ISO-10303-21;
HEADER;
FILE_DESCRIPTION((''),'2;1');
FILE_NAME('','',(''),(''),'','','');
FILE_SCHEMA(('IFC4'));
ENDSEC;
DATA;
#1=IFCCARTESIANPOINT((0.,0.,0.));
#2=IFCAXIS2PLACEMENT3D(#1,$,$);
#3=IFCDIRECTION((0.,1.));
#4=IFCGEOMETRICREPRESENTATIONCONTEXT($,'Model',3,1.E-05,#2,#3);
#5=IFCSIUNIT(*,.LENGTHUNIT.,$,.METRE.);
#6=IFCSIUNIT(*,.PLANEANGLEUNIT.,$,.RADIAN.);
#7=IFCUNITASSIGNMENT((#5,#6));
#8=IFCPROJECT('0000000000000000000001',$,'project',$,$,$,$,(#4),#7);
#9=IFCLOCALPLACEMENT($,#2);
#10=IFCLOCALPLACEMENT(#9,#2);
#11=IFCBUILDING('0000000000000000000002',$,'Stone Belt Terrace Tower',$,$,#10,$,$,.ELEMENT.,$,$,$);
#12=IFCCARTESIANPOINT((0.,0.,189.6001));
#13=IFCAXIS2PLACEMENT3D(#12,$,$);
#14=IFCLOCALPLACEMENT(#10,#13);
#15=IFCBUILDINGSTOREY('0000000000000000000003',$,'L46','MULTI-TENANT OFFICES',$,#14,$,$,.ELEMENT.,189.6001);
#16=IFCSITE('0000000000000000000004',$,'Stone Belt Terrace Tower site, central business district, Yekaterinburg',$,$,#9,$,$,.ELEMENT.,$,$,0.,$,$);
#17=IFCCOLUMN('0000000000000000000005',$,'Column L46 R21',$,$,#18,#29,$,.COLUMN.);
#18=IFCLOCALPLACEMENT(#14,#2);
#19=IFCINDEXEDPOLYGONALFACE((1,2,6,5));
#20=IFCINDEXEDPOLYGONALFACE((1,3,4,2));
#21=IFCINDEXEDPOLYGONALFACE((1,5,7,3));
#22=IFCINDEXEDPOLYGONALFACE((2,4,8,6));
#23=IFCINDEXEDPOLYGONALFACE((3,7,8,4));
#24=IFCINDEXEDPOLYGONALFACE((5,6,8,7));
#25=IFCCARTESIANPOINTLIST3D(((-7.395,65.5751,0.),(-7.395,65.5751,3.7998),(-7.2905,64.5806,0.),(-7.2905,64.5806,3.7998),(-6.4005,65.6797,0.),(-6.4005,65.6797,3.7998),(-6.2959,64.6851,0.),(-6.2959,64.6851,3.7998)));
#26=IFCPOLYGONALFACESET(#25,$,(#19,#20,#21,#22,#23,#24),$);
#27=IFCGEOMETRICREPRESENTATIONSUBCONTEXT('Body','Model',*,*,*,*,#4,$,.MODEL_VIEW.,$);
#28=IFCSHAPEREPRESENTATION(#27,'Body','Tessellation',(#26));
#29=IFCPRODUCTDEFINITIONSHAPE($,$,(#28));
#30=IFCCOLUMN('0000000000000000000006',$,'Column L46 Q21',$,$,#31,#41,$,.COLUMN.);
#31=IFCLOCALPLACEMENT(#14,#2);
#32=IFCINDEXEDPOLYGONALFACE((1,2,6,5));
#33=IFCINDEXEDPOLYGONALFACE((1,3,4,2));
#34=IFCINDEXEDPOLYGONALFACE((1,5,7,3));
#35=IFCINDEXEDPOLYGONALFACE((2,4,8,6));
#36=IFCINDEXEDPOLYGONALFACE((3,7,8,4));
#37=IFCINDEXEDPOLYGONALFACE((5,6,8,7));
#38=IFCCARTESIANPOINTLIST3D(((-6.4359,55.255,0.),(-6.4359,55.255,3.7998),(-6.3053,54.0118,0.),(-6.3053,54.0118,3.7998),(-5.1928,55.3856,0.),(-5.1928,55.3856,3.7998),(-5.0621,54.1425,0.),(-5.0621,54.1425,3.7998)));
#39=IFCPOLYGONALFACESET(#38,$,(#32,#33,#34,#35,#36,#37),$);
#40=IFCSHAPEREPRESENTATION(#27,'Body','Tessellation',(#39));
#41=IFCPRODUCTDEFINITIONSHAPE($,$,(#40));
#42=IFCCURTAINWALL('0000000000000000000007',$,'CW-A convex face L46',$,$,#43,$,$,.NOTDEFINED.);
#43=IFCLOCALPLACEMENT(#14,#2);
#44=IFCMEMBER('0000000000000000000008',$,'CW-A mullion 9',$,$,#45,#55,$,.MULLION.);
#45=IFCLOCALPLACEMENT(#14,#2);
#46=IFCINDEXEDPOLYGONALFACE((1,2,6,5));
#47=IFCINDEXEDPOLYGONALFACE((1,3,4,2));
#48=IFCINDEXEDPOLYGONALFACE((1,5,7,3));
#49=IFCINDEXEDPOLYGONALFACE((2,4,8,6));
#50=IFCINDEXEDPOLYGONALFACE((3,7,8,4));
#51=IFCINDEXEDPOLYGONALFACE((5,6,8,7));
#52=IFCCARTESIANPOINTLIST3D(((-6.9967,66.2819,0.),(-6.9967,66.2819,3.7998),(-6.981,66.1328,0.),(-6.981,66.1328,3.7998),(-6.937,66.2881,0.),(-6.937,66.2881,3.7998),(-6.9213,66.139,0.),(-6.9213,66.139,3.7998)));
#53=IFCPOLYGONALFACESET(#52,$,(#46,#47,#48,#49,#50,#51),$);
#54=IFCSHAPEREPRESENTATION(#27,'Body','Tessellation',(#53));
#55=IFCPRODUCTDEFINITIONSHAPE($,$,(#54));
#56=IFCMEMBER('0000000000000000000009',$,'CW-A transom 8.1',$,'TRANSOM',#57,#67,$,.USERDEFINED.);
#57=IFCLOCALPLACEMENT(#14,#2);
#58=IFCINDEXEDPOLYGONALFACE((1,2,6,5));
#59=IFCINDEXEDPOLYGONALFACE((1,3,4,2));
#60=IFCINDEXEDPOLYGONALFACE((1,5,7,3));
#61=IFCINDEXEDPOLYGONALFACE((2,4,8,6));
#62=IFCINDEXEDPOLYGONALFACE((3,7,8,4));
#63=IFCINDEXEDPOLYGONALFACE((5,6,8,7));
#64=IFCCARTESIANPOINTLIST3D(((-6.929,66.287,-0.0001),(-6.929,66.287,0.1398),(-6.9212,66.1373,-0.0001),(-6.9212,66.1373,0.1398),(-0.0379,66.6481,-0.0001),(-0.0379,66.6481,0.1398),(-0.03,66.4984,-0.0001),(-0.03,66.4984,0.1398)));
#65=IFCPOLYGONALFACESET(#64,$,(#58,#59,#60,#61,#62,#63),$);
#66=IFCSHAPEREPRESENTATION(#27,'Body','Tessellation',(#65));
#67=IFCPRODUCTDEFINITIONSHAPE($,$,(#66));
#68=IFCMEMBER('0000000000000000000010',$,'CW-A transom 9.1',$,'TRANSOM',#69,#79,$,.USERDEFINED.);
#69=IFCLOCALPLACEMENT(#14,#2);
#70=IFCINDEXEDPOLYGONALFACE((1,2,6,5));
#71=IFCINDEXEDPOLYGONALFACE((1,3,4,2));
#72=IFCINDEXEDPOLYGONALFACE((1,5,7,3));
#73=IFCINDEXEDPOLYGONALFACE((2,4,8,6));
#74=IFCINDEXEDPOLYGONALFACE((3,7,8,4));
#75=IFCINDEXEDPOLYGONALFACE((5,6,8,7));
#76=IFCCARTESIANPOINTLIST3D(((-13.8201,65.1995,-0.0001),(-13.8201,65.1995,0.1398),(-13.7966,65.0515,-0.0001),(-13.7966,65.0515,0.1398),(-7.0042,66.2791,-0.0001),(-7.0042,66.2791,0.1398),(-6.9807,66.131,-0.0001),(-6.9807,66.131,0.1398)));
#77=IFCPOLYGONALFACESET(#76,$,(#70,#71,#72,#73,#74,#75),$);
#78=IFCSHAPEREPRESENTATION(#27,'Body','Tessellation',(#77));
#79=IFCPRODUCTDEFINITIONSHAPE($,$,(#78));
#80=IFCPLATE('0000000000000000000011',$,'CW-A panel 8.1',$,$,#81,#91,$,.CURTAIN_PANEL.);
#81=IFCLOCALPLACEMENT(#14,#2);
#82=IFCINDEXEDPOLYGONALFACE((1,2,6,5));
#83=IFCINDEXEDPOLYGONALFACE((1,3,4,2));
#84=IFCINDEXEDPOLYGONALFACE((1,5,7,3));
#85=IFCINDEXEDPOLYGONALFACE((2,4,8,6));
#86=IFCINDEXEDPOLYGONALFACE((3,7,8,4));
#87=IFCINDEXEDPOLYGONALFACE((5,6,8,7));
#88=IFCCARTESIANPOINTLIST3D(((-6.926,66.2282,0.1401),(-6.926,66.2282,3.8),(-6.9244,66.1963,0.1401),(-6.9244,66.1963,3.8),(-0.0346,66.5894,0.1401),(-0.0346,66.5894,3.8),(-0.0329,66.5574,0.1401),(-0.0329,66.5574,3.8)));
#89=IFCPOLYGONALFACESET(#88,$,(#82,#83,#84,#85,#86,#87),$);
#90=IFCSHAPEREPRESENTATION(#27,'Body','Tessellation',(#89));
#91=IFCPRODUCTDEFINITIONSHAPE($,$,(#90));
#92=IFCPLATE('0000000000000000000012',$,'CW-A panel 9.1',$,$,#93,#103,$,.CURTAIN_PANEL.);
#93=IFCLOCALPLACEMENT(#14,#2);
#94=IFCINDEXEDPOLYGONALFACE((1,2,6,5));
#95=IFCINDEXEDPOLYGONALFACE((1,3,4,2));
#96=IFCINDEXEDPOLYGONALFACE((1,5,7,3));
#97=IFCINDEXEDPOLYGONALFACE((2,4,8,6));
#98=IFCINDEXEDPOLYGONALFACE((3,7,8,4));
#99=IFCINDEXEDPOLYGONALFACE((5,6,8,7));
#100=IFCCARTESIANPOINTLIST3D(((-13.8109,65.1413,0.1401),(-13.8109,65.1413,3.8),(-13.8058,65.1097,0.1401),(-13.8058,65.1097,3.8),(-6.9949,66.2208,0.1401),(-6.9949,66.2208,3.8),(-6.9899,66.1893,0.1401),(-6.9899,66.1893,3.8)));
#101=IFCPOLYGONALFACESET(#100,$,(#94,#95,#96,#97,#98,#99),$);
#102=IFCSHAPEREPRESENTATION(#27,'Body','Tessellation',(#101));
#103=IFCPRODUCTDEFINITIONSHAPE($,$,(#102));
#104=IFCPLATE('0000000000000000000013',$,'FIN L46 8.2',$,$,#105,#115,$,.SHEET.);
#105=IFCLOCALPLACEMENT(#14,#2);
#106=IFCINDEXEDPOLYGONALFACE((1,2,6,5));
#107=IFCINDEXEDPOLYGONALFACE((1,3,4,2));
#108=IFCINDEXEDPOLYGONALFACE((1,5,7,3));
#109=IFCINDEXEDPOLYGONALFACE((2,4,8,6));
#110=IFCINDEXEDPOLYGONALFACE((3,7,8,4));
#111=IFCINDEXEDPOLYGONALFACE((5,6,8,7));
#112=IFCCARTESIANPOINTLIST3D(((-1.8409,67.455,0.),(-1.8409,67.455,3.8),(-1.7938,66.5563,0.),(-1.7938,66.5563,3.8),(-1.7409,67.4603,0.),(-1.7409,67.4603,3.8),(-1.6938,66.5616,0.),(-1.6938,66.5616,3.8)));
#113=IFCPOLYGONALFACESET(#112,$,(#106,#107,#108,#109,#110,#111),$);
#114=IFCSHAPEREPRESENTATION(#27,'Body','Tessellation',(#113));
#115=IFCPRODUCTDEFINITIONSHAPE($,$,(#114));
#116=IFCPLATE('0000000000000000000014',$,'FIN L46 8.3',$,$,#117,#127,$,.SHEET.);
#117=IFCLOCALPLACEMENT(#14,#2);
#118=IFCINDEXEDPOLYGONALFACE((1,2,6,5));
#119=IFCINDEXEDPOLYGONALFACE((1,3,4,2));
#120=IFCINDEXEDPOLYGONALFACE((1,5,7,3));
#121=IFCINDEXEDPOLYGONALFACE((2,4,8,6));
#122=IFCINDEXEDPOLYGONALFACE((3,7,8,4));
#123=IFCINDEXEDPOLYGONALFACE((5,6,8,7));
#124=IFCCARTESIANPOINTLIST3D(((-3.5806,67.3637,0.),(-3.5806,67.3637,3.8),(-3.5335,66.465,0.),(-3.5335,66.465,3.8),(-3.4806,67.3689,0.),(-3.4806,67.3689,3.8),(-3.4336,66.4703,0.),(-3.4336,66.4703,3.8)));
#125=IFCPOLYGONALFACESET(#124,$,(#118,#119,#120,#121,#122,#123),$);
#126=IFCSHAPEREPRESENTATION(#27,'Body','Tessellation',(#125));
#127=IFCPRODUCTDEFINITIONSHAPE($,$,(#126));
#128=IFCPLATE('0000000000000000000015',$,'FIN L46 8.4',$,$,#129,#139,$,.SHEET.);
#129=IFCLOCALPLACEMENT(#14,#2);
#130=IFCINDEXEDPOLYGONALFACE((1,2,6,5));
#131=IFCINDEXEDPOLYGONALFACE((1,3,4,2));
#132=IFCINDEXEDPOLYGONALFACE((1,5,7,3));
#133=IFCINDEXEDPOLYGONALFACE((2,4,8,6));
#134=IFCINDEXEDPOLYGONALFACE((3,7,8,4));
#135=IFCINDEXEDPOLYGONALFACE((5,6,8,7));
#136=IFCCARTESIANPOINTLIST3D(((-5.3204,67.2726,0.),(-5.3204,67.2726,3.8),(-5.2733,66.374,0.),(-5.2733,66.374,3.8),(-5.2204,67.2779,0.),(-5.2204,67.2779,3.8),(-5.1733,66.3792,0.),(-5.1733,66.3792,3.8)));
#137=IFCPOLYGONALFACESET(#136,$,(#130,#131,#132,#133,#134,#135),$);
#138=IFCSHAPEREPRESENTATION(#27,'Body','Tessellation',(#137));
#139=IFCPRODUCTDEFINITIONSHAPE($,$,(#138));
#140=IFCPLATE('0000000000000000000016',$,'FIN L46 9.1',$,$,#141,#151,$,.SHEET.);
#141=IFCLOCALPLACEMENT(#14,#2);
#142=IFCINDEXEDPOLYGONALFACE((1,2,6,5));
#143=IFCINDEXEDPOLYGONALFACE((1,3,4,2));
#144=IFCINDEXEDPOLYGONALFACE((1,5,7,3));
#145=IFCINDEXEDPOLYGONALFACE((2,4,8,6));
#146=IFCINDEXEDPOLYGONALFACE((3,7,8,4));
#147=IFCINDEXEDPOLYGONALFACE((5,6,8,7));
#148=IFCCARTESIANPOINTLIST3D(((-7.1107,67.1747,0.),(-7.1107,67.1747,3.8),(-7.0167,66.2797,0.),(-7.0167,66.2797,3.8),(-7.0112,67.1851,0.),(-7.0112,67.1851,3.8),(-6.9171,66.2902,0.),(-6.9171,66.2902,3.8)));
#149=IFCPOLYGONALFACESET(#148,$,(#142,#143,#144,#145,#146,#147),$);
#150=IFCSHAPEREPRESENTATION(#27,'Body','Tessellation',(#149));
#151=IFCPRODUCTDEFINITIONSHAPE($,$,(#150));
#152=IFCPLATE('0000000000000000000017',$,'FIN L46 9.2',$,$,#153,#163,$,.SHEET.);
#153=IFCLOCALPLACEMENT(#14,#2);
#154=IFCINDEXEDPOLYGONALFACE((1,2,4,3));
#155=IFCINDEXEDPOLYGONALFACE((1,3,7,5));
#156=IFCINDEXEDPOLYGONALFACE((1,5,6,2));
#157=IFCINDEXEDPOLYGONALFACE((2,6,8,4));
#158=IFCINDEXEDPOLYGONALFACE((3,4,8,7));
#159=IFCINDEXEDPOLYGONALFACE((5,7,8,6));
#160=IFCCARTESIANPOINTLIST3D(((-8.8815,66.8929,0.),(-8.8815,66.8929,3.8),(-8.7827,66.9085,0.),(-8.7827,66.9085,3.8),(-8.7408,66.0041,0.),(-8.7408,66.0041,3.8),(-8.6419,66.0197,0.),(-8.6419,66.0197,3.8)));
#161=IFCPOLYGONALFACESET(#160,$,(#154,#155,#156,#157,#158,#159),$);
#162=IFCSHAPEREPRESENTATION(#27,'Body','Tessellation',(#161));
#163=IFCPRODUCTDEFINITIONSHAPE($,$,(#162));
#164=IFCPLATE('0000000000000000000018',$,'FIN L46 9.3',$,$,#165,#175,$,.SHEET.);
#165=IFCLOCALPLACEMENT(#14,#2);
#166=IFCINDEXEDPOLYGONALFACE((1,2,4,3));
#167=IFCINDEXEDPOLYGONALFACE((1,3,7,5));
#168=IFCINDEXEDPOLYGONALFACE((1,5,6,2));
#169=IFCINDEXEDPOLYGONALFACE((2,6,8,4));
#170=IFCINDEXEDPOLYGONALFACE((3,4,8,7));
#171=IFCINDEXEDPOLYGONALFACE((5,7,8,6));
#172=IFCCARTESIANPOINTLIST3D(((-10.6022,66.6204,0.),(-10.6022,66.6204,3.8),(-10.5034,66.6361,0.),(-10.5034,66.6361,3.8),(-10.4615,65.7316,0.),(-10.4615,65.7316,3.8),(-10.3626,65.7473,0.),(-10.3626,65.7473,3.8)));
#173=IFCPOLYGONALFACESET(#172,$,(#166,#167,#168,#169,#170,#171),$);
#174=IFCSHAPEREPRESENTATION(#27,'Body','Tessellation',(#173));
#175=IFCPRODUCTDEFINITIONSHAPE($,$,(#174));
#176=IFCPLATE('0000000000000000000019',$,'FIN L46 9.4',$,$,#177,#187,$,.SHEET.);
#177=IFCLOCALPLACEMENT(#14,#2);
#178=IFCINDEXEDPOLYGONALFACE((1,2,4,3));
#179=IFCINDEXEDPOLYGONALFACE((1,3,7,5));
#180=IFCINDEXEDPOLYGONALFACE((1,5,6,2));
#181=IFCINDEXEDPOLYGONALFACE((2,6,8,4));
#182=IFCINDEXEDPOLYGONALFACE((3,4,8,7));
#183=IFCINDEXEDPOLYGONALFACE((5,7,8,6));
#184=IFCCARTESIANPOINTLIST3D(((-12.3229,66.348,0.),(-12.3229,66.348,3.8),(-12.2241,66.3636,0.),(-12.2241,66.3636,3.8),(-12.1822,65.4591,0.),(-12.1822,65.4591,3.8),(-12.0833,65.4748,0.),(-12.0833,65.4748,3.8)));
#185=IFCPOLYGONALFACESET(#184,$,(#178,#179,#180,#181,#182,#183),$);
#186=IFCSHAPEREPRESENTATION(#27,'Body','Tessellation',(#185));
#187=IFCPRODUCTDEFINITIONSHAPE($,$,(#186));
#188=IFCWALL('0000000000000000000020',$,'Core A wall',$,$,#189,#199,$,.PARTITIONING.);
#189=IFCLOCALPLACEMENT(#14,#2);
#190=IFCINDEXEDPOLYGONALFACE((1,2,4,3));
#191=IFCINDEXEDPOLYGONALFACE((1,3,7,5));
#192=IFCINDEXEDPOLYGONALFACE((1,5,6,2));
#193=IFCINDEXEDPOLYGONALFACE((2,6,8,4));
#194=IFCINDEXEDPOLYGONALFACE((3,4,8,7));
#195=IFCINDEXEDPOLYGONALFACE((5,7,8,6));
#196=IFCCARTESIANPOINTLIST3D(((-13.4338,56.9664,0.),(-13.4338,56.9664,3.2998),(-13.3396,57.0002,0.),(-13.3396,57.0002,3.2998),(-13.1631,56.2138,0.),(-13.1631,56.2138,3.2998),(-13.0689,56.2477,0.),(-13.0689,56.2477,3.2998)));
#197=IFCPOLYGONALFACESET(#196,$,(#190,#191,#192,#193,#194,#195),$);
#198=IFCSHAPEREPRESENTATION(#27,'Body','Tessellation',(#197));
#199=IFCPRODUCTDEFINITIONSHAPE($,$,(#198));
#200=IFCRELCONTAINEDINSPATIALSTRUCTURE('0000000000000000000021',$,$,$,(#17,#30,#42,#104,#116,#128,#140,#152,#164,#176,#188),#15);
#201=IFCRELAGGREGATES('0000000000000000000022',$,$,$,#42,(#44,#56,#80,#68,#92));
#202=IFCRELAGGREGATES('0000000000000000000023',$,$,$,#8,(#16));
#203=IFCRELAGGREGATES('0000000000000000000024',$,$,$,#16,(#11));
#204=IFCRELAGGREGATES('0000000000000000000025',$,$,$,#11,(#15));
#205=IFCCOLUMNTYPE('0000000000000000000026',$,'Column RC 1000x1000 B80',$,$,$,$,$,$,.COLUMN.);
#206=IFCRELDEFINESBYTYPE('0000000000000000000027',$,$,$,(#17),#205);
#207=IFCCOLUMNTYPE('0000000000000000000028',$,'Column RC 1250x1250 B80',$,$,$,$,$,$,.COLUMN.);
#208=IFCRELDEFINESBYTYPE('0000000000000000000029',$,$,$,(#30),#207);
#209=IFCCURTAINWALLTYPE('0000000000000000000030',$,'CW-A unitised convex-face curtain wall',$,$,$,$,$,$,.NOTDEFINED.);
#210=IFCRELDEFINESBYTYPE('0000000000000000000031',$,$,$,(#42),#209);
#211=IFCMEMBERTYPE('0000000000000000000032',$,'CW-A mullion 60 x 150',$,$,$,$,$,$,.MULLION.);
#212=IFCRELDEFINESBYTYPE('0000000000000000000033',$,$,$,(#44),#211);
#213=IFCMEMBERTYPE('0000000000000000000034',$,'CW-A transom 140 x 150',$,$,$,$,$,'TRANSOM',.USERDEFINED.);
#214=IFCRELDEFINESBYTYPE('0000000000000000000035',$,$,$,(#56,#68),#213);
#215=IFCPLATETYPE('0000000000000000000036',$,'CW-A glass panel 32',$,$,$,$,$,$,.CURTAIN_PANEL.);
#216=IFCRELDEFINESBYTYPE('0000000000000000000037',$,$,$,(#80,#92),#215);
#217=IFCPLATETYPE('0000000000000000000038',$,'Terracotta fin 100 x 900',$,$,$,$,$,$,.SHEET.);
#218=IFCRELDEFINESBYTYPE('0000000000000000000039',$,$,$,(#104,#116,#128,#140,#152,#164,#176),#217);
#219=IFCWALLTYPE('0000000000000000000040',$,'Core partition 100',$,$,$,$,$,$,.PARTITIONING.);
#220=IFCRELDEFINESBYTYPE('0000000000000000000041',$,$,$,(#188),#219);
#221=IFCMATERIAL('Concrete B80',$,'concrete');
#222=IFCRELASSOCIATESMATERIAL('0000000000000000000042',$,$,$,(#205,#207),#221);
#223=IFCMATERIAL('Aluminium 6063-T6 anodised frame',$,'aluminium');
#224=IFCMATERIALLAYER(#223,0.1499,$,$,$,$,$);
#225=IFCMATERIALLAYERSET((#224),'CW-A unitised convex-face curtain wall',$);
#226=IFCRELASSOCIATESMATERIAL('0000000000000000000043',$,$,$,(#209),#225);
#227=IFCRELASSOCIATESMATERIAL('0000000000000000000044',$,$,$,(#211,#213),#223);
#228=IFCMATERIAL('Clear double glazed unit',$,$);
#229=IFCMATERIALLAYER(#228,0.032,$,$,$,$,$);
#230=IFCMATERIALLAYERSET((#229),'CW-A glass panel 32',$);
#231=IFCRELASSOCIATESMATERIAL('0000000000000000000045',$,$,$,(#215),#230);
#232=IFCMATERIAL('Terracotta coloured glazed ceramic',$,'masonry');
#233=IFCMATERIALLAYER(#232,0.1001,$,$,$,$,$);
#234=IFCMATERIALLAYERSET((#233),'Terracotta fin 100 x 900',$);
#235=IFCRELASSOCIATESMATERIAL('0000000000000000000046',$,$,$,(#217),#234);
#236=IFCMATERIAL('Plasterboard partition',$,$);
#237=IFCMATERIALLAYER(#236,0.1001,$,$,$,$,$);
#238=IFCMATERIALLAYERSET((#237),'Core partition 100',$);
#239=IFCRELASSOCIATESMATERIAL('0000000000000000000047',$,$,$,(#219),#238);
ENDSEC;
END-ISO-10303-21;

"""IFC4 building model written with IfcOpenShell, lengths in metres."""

from ifc_helpers import new_model, si_unit, direction, frame, frame_2d, origin, origin_2d, place, context, subcontext, project, spatial, rectangle, extrude, material, layer, layer_set, material_profile, profile_set, type_object, element, aggregate, save


model = new_model("IFC4")

# Units and contexts
model_context = context("Model", 3, precision=1e-05, world=origin(), true_north=direction((0.0, 1.0)))
body_context = subcontext(model_context, "Body", "Model", "MODEL_VIEW")
ifc_project = project(units=[si_unit("LENGTHUNIT", "METRE"), si_unit("PLANEANGLEUNIT", "RADIAN")], contexts=[model_context])

# Site, building, storey
site_placement = place(None, origin())
site = spatial("IfcSite", under=ifc_project, at=site_placement, Name="Stone Belt Terrace Tower site, central business district, Yekaterinburg", CompositionType="ELEMENT", RefElevation=0.0)
building_placement = place(site_placement, origin())
building = spatial("IfcBuilding", under=site, at=building_placement, Name="Stone Belt Terrace Tower", CompositionType="ELEMENT")
storey_placement = place(building_placement, frame((0.0, 0.0, 189.6001)))
storey = spatial("IfcBuildingStorey", under=building, at=storey_placement, Name="L46", Description="MULTI-TENANT OFFICES", CompositionType="ELEMENT", Elevation=189.6001)

# Columns
ifc_material_1 = material(Name="Concrete B80", Category="concrete")
ifc_material_profile_1 = material_profile(ifc_material_1, rectangle(XDim=1.0, YDim=1.0, at=origin_2d()), Name="RC 1000x1000")
ifc_profile_set_1 = profile_set([ifc_material_profile_1], Name="Concrete B80")
column_type_1 = type_object("IfcColumnType", Name="Column RC 1000x1000 B80", PredefinedType="COLUMN", material=ifc_profile_set_1)
column_1_placement = place(storey_placement, frame((-6.8455, 65.1301, 0.0), z_axis=(0.0, 0.0, 1.0), x_axis=(0.994522, 0.104528, 0.0)))
element("IfcColumn", 1, at=column_1_placement, inside=storey, type_object=column_type_1, Name="Column L46 R21", PredefinedType="COLUMN", context=body_context, shape_type="SweptSolid", body=[
    extrude(rectangle(XDim=1.0, YDim=1.0, at=origin_2d()), origin(), (0.0, 0.0, 1.0), 3.7998),
])
ifc_material_profile_2 = material_profile(ifc_material_1, rectangle(XDim=1.25, YDim=1.25, at=origin_2d()), Name="RC 1250x1250")
ifc_profile_set_2 = profile_set([ifc_material_profile_2], Name="Concrete B80")
column_type_2 = type_object("IfcColumnType", Name="Column RC 1250x1250 B80", PredefinedType="COLUMN", material=ifc_profile_set_2)
column_2_placement = place(storey_placement, frame((-5.749, 54.6987, 0.0), z_axis=(0.0, 0.0, 1.0), x_axis=(0.994522, 0.104528, 0.0)))
element("IfcColumn", 2, at=column_2_placement, inside=storey, type_object=column_type_2, Name="Column L46 Q21", PredefinedType="COLUMN", context=body_context, shape_type="SweptSolid", body=[
    extrude(rectangle(XDim=1.25, YDim=1.25, at=origin_2d()), origin(), (0.0, 0.0, 1.0), 3.7998),
])

# Curtain wall, members, plates
ifc_material_2 = material(Name="Aluminium 6063-T6 anodised frame", Category="aluminium")
ifc_layer_1 = layer(ifc_material_2, 0.1499)
ifc_layer_set_1 = layer_set([ifc_layer_1], Name="CW-A unitised convex-face curtain wall")
curtain_wall_type = type_object("IfcCurtainWallType", Name="CW-A unitised convex-face curtain wall", PredefinedType="NOTDEFINED", material=ifc_layer_set_1)
curtain_wall_placement = place(storey_placement, origin())
curtain_wall = element("IfcCurtainWall", 3, at=curtain_wall_placement, inside=storey, type_object=curtain_wall_type, Name="CW-A convex face L46", PredefinedType="NOTDEFINED")
ifc_material_profile_3 = material_profile(ifc_material_2, rectangle(XDim=0.1499, YDim=0.0601, at=origin_2d()), Name="Aluminium 6063-T6 60x150")
ifc_profile_set_3 = profile_set([ifc_material_profile_3], Name="Aluminium 6063-T6 anodised frame")
member_type_1 = type_object("IfcMemberType", Name="CW-A mullion 60 x 150", PredefinedType="MULLION", material=ifc_profile_set_3)
member_1_placement = place(storey_placement, frame((-6.959, 66.2104, 0.0), z_axis=(0.0, 0.0, 1.0), x_axis=(0.104528, -0.994522, 0.0)))
member_1 = element("IfcMember", 4, at=member_1_placement, type_object=member_type_1, Name="CW-A mullion 9", PredefinedType="MULLION", context=body_context, shape_type="SweptSolid", body=[
    extrude(rectangle(XDim=0.1499, YDim=0.0601, at=origin_2d()), origin(), (0.0, 0.0, 1.0), 3.7998),
])
ifc_material_profile_4 = material_profile(ifc_material_2, rectangle(XDim=0.1499, YDim=0.1399, at=origin_2d()), Name="Aluminium 6063-T6 150x140")
ifc_profile_set_4 = profile_set([ifc_material_profile_4], Name="Aluminium 6063-T6 anodised frame")
member_type_2 = type_object("IfcMemberType", Name="CW-A transom 140 x 150", ElementType="TRANSOM", PredefinedType="USERDEFINED", material=ifc_profile_set_4)
member_2_placement = place(storey_placement, frame((-0.0339, 66.5732, 0.0698), z_axis=(-0.99863, -0.052327, 0.0), x_axis=(0.052327, -0.99863, 0.0)))
member_2 = element("IfcMember", 5, at=member_2_placement, type_object=member_type_2, Name="CW-A transom 8.1", ObjectType="TRANSOM", PredefinedType="USERDEFINED", context=body_context, shape_type="SweptSolid", body=[
    extrude(rectangle(XDim=0.1499, YDim=0.1399, at=origin_2d()), origin(), (0.0, 0.0, 1.0), 6.9006),
])
member_3_placement = place(storey_placement, frame((-6.9924, 66.2051, 0.0698), z_axis=(-0.987687, -0.156442, 0.0), x_axis=(0.156442, -0.987687, 0.0)))
member_3 = element("IfcMember", 6, at=member_3_placement, type_object=member_type_2, Name="CW-A transom 9.1", ObjectType="TRANSOM", PredefinedType="USERDEFINED", context=body_context, shape_type="SweptSolid", body=[
    extrude(rectangle(XDim=0.1499, YDim=0.1399, at=origin_2d()), origin(), (0.0, 0.0, 1.0), 6.9009),
])
ifc_material_3 = material(Name="Clear double glazed unit")
ifc_layer_2 = layer(ifc_material_3, 0.032)
ifc_layer_set_2 = layer_set([ifc_layer_2], Name="CW-A glass panel 32")
plate_type_1 = type_object("IfcPlateType", Name="CW-A glass panel 32", PredefinedType="CURTAIN_PANEL", material=ifc_layer_set_2)
plate_1_placement = place(storey_placement, frame((-3.4795, 66.3928, 0.1401), z_axis=(0.0, 0.0, 1.0), x_axis=(-0.99863, -0.052336, 0.0)))
plate_1 = element("IfcPlate", 7, at=plate_1_placement, type_object=plate_type_1, Name="CW-A panel 8.1", PredefinedType="CURTAIN_PANEL", context=body_context, shape_type="SweptSolid", body=[
    extrude(rectangle(XDim=6.9009, YDim=0.032, at=origin_2d()), origin(), (0.0, 0.0, 1.0), 3.6599),
])
plate_2_placement = place(storey_placement, frame((-10.4004, 65.6653, 0.1401), z_axis=(0.0, 0.0, 1.0), x_axis=(-0.987688, -0.156434, 0.0)))
plate_2 = element("IfcPlate", 8, at=plate_2_placement, type_object=plate_type_1, Name="CW-A panel 9.1", PredefinedType="CURTAIN_PANEL", context=body_context, shape_type="SweptSolid", body=[
    extrude(rectangle(XDim=6.9009, YDim=0.032, at=origin_2d()), origin(), (0.0, 0.0, 1.0), 3.6599),
])
aggregate(curtain_wall, [member_1, member_2, plate_1, member_3, plate_2])

# Plates
ifc_material_4 = material(Name="Terracotta coloured glazed ceramic", Category="masonry")
ifc_layer_3 = layer(ifc_material_4, 0.1001)
ifc_layer_set_3 = layer_set([ifc_layer_3], Name="Terracotta fin 100 x 900")
plate_type_2 = type_object("IfcPlateType", Name="Terracotta fin 100 x 900", PredefinedType="SHEET", material=ifc_layer_set_3)
for number, where, z_axis, x_axis, name in (
    (9, (-1.7673, 67.0083, 0.0), (0.0, 0.0, 1.0), (-0.052336, 0.99863, 0.0), "FIN L46 8.2"),
    (10, (-3.5071, 66.917, 0.0), (0.0, 0.0, 1.0), (-0.052336, 0.99863, 0.0), "FIN L46 8.3"),
    (11, (-5.2468, 66.8259, 0.0), (0.0, 0.0, 1.0), (-0.052336, 0.99863, 0.0), "FIN L46 8.4"),
    (12, (-7.0139, 66.7324, 0.0), (0.0, 0.0, 1.0), (-0.104528, 0.994522, 0.0), "FIN L46 9.1"),
    (13, (-8.7617, 66.4563, 0.0), (0.0, 0.0, 1.0), (-0.156434, 0.987688, 0.0), "FIN L46 9.2"),
    (14, (-10.4824, 66.1838, 0.0), (0.0, 0.0, 1.0), (-0.156434, 0.987688, 0.0), "FIN L46 9.3"),
    (15, (-12.2031, 65.9114, 0.0), (0.0, 0.0, 1.0), (-0.156434, 0.987688, 0.0), "FIN L46 9.4"),
):
    element("IfcPlate", number, at=place(storey_placement, frame(where, z_axis=z_axis, x_axis=x_axis)), inside=storey, type_object=plate_type_2, Name=name, PredefinedType="SHEET", context=body_context, shape_type="SweptSolid", body=[
        extrude(rectangle(XDim=0.8999, YDim=0.1001, at=origin_2d()), origin(), (0.0, 0.0, 1.0), 3.8),
    ])

# Wall
ifc_material_5 = material(Name="Plasterboard partition")
ifc_layer_4 = layer(ifc_material_5, 0.1001)
ifc_layer_set_4 = layer_set([ifc_layer_4], Name="Core partition 100")
wall_type_1 = type_object("IfcWallType", Name="Core partition 100", PredefinedType="PARTITIONING", material=ifc_layer_set_4)
wall_1_placement = place(storey_placement, frame((-13.116, 56.2307, 0.0), z_axis=(0.0, 0.0, 1.0), x_axis=(-0.338482, 0.940973, 0.0)))
element("IfcWall", 16, at=wall_1_placement, inside=storey, type_object=wall_type_1, Name="Core A wall", PredefinedType="PARTITIONING", context=body_context, shape_type="SweptSolid", body=[
    extrude(rectangle(XDim=0.7998, YDim=0.1001, at=frame_2d((0.3999, 0.0))), origin(), (0.0, 0.0, 1.0), 3.2998),
])

save(model, "model.ifc")
